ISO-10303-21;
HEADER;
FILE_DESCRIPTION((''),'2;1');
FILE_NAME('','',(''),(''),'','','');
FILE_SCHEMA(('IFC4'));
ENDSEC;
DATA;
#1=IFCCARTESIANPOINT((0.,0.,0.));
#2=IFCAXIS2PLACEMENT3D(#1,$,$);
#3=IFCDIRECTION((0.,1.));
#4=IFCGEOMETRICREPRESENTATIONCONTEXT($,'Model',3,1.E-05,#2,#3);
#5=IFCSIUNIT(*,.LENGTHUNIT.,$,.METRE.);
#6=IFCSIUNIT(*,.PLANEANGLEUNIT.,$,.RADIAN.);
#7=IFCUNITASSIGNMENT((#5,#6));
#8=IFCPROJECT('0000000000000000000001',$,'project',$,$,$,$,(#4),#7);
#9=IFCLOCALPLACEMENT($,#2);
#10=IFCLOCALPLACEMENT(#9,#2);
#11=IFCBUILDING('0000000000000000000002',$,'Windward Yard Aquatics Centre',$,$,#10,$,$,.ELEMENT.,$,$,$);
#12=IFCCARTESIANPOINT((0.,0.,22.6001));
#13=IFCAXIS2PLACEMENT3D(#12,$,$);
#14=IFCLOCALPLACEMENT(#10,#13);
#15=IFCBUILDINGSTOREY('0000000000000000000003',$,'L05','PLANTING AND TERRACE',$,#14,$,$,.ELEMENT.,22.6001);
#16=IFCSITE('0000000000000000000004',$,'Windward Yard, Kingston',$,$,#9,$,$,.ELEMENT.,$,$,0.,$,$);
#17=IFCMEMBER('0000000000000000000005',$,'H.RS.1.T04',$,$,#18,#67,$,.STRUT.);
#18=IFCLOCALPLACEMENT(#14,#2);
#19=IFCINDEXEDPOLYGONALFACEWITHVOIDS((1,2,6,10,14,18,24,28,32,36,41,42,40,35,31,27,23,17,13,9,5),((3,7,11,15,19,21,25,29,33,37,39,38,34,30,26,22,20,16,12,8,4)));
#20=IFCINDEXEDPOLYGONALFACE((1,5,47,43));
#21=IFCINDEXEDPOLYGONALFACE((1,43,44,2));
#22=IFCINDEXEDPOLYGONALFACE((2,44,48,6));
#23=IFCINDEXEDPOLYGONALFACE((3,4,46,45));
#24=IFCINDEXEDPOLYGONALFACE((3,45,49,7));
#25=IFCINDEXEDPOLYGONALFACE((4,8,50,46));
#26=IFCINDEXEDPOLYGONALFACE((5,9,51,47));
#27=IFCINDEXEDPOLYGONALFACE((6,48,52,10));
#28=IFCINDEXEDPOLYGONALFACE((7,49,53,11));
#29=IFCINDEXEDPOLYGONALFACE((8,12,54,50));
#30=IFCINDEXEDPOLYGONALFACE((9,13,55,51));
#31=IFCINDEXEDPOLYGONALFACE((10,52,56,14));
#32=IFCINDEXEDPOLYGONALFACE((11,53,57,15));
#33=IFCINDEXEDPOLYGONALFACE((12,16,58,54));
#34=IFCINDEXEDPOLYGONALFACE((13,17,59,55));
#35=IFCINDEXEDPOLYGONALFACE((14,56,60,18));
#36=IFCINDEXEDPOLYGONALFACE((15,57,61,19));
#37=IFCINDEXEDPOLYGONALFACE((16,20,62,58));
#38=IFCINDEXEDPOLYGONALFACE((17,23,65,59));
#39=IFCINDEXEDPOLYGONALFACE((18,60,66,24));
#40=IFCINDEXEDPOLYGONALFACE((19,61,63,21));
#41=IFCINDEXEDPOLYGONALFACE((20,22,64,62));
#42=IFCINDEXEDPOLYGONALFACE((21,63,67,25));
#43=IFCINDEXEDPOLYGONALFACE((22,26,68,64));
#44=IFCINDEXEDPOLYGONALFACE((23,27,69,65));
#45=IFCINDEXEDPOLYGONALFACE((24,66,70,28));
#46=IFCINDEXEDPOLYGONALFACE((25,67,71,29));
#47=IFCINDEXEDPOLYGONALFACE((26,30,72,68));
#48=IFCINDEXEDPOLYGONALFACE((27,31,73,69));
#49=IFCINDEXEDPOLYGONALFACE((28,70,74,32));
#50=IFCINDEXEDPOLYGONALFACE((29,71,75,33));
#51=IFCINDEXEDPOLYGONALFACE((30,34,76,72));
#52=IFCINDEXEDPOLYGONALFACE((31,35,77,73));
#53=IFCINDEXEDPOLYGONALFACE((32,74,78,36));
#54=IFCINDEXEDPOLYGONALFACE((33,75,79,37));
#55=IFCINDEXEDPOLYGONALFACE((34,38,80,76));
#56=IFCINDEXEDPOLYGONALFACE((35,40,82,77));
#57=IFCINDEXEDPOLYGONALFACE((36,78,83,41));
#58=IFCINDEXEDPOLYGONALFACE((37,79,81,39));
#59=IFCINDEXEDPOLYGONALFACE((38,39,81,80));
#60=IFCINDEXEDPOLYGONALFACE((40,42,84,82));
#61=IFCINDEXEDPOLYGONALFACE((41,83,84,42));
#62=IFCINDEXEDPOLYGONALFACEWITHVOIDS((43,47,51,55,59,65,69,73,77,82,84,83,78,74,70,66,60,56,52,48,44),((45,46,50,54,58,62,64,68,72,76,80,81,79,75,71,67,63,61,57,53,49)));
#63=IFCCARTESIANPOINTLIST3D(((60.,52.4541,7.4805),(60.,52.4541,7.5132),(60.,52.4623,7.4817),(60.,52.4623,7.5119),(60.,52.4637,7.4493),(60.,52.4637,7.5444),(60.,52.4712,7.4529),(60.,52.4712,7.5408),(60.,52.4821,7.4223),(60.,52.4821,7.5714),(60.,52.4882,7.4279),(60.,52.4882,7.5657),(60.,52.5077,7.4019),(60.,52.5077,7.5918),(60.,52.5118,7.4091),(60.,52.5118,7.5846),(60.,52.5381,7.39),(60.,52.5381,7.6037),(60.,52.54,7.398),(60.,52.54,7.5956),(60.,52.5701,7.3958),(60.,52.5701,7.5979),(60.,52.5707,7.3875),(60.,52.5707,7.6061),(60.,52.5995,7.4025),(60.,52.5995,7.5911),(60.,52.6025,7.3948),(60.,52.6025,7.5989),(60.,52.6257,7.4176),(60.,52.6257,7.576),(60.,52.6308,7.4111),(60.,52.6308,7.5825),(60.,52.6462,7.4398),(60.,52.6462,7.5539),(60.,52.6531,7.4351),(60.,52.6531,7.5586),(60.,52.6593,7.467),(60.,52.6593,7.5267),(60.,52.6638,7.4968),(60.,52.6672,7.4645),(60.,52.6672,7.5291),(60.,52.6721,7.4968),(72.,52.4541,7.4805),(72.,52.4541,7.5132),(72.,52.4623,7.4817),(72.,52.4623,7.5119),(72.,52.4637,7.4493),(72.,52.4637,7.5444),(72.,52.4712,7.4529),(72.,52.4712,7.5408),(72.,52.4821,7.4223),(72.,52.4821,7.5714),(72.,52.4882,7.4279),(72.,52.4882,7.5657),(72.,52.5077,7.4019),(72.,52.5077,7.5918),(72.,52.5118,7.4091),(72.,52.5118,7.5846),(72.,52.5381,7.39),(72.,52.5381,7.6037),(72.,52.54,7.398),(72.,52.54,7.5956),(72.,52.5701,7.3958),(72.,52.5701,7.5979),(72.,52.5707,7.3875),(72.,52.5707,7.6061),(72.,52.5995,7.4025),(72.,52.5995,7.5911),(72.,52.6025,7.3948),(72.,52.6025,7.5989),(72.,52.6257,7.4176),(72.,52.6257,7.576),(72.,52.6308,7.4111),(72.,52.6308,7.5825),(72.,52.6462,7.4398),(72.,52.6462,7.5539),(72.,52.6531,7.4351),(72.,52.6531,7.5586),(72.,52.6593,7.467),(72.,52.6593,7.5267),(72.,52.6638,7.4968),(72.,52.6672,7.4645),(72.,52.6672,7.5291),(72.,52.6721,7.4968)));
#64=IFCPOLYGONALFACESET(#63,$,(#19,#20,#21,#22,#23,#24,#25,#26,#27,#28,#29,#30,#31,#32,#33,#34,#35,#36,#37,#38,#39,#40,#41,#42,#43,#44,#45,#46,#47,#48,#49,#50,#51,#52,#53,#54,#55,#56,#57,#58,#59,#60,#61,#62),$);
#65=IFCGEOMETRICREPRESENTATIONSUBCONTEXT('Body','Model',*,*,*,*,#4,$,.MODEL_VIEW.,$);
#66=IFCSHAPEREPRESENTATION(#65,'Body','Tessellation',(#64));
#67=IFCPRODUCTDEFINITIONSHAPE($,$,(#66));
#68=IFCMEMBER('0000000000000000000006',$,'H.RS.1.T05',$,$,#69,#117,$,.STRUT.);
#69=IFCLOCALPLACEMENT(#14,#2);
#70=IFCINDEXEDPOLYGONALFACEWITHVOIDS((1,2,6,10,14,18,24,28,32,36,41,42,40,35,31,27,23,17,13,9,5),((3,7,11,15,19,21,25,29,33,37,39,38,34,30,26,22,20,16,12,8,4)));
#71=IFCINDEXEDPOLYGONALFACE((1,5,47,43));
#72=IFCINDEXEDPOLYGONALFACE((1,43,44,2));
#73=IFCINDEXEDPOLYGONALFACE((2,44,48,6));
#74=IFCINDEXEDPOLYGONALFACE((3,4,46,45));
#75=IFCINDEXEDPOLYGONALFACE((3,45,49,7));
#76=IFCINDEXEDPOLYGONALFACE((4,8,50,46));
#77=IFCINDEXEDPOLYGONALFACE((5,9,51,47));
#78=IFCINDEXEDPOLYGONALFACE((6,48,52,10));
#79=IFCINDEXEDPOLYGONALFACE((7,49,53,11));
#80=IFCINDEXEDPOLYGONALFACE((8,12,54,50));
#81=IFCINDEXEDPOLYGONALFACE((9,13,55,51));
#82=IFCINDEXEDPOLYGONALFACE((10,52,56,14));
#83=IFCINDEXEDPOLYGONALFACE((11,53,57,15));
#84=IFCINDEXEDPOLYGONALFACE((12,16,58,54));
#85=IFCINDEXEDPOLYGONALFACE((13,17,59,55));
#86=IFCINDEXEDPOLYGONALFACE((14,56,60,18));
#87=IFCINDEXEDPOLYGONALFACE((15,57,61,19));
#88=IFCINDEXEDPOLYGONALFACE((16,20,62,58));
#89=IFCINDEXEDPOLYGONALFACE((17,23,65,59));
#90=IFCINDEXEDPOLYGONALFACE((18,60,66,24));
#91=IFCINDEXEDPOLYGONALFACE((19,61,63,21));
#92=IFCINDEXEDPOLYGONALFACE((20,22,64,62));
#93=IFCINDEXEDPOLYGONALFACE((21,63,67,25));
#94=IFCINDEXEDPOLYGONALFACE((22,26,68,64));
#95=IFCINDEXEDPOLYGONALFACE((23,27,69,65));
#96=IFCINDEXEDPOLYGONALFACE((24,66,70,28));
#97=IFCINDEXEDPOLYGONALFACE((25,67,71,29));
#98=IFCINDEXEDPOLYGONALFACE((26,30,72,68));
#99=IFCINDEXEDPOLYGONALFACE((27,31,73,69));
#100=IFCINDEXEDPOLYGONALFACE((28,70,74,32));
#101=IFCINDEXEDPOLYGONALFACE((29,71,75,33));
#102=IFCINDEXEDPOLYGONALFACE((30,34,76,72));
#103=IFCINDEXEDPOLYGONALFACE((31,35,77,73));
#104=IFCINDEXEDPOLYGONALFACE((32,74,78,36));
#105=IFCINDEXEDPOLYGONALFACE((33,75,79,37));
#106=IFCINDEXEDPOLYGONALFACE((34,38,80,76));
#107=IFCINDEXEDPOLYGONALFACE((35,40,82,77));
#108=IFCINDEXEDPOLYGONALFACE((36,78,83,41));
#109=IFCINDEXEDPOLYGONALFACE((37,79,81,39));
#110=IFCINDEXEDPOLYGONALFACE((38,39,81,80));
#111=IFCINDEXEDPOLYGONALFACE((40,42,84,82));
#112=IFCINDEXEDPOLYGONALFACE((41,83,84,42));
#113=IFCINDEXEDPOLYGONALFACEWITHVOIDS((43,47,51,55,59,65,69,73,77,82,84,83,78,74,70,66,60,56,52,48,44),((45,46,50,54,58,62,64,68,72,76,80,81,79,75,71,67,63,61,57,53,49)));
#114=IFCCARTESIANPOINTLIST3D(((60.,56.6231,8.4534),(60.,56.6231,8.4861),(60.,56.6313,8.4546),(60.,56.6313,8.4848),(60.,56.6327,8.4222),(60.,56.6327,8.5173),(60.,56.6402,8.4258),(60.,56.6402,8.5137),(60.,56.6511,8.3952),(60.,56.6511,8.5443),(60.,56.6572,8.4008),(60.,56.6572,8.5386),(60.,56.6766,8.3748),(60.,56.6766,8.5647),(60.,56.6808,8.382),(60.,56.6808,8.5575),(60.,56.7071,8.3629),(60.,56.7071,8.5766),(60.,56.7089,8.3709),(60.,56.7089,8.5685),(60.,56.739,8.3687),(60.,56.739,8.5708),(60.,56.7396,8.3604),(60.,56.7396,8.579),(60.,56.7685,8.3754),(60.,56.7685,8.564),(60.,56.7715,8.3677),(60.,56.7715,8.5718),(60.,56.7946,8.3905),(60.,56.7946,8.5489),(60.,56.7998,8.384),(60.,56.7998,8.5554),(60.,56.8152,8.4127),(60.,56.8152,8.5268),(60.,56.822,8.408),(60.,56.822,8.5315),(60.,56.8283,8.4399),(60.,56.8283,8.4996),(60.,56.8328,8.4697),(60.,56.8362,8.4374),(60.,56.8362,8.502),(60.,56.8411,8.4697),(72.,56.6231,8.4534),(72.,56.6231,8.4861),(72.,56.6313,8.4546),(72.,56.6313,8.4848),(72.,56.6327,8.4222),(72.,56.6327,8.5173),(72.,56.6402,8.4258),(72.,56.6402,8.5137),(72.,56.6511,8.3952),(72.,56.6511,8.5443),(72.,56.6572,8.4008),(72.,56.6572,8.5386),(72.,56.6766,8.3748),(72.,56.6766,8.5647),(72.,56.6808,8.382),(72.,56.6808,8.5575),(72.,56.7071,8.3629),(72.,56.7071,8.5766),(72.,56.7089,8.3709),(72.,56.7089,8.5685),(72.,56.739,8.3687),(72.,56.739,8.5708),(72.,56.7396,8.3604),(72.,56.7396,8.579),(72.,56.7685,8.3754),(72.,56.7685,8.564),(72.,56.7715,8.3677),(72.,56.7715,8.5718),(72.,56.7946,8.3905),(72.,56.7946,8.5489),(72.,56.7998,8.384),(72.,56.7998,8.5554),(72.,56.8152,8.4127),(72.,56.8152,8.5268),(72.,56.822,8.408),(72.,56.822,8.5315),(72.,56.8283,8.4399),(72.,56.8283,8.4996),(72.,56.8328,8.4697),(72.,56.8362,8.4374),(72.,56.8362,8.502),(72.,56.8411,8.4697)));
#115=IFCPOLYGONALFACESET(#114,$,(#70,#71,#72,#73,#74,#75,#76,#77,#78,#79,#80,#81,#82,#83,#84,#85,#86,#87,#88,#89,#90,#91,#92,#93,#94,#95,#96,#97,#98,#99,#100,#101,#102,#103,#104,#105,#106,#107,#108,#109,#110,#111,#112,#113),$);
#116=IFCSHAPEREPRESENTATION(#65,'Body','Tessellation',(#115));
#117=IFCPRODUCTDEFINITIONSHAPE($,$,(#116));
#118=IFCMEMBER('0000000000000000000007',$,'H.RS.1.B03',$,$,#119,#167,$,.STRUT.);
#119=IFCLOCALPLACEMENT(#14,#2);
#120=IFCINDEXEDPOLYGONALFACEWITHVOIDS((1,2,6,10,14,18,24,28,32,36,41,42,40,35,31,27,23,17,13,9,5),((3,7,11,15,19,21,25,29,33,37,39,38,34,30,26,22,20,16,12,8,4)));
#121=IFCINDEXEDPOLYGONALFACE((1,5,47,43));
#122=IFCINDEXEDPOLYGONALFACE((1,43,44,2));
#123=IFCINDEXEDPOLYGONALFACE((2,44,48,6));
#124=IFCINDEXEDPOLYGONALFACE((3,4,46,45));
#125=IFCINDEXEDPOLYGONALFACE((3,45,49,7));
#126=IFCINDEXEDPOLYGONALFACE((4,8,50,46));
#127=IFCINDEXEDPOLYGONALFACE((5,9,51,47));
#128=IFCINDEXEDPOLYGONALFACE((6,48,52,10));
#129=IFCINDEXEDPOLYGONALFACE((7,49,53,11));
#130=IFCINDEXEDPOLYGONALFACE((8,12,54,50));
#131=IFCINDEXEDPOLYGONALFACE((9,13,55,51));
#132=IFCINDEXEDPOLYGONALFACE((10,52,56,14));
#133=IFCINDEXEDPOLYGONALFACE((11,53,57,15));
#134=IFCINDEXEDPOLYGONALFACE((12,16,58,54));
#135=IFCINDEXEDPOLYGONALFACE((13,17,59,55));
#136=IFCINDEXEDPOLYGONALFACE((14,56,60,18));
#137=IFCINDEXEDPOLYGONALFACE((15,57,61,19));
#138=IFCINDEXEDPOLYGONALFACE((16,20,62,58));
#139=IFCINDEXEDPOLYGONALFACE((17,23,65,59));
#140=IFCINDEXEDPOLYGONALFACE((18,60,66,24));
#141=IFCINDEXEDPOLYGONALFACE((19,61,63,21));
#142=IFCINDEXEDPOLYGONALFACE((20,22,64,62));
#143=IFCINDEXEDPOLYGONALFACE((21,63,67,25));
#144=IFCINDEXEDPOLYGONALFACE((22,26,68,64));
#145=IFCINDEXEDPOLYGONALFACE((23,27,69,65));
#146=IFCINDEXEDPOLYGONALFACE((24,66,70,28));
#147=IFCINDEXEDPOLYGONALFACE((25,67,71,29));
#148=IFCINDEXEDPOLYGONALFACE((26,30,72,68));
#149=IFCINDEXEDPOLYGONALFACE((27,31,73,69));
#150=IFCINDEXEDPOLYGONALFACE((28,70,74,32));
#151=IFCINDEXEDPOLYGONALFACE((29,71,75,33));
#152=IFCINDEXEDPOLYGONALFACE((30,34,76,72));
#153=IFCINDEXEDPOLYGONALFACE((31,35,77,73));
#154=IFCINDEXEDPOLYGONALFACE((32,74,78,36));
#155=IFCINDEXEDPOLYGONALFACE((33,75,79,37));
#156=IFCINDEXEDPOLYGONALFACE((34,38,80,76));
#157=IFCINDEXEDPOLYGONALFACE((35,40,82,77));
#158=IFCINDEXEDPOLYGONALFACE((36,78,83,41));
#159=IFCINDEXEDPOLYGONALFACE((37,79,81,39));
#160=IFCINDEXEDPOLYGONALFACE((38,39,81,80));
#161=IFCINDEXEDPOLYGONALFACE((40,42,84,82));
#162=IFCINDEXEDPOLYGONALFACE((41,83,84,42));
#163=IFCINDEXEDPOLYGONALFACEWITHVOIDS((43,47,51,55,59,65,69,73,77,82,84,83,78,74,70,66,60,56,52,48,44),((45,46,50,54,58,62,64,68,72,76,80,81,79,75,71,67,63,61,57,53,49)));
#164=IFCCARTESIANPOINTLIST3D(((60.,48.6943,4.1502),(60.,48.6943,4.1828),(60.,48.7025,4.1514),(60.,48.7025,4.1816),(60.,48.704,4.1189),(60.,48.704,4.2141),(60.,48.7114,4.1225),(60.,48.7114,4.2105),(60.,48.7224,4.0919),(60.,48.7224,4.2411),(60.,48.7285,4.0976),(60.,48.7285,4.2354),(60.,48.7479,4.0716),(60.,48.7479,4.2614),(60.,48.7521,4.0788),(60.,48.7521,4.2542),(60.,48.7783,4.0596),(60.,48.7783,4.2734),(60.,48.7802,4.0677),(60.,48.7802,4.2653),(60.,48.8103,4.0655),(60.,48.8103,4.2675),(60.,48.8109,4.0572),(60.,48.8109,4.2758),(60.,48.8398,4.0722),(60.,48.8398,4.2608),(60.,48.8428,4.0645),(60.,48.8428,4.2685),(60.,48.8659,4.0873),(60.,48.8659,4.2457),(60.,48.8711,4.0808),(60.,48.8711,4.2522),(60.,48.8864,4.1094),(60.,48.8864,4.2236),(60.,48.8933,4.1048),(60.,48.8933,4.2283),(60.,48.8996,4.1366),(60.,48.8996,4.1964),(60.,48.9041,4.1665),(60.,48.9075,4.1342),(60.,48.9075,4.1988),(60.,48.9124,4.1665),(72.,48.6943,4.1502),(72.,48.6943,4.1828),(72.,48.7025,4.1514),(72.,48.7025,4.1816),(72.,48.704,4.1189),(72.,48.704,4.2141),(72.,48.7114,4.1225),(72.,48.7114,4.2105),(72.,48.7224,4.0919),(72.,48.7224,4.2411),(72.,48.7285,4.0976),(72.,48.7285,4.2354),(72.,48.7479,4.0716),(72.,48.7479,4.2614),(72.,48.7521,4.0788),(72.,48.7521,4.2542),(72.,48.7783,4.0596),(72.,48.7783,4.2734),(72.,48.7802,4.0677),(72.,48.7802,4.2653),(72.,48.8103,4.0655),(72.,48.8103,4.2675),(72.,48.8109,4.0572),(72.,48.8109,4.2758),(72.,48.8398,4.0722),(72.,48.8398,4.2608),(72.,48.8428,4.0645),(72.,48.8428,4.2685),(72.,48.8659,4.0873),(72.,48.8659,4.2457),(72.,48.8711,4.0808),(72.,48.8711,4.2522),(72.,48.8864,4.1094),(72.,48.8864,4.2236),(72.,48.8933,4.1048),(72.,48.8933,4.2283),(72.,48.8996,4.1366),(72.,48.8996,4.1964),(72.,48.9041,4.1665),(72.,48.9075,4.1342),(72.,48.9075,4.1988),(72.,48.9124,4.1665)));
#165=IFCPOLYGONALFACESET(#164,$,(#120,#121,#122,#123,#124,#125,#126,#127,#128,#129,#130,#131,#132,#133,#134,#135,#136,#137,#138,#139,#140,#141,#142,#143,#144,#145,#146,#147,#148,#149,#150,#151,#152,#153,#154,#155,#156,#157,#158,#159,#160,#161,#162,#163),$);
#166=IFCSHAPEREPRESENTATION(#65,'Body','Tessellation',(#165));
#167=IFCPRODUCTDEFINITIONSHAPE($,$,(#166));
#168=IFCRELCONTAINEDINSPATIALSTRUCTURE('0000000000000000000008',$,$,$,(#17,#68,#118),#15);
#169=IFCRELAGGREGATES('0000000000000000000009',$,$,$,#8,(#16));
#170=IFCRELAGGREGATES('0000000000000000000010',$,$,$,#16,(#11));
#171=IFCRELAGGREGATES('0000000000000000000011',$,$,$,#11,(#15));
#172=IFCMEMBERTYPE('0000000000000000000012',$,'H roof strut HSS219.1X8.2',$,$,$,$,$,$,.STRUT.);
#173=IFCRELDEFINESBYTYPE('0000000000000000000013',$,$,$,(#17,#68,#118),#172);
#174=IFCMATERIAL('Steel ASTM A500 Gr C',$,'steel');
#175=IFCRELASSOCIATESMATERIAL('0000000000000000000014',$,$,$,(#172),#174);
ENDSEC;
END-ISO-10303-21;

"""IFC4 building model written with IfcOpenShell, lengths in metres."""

from ifc_helpers import new_model, si_unit, direction, frame, origin, origin_2d, place, context, subcontext, project, spatial, hollow_circle, extrude, material, material_profile, profile_set, type_object, element, save


model = new_model("IFC4")

# Units and contexts
model_context = context("Model", 3, precision=1e-05, world=origin(), true_north=direction((0.0, 1.0)))
body_context = subcontext(model_context, "Body", "Model", "MODEL_VIEW")
ifc_project = project(units=[si_unit("LENGTHUNIT", "METRE"), si_unit("PLANEANGLEUNIT", "RADIAN")], contexts=[model_context])

# Site, building, storey
site_placement = place(None, origin())
site = spatial("IfcSite", under=ifc_project, at=site_placement, Name="Windward Yard, Kingston", CompositionType="ELEMENT", RefElevation=0.0)
building_placement = place(site_placement, origin())
building = spatial("IfcBuilding", under=site, at=building_placement, Name="Windward Yard Aquatics Centre", CompositionType="ELEMENT")
storey_placement = place(building_placement, frame((0.0, 0.0, 22.6001)))
storey = spatial("IfcBuildingStorey", under=building, at=storey_placement, Name="L05", Description="PLANTING AND TERRACE", CompositionType="ELEMENT", Elevation=22.6001)

# Members
ifc_material_1 = material(Name="Steel ASTM A500 Gr C", Category="steel")
ifc_material_profile_1 = material_profile(ifc_material_1, hollow_circle(Radius=0.1096, WallThickness=0.0083, at=origin_2d()), Name="HSS219.1X8.2")
ifc_profile_set_1 = profile_set([ifc_material_profile_1], Name="Steel ASTM A500 Gr C")
member_type_1 = type_object("IfcMemberType", Name="H roof strut HSS219.1X8.2", PredefinedType="STRUT", material=ifc_profile_set_1)
for number, where, z_axis, x_axis, name in (
    (1, (60.0, 52.5625, 7.4968), (1.0, 0.0, 0.0), (0.0, 1.0, 0.0), "H.RS.1.T04"),
    (2, (60.0, 56.7314, 8.4697), (1.0, 0.0, 0.0), (0.0, 1.0, 0.0), "H.RS.1.T05"),
    (3, (60.0, 48.8027, 4.1665), (1.0, 0.0, 0.0), (0.0, 1.0, 0.0), "H.RS.1.B03"),
):
    element("IfcMember", number, at=place(storey_placement, frame(where, z_axis=z_axis, x_axis=x_axis)), inside=storey, type_object=member_type_1, Name=name, PredefinedType="STRUT", context=body_context, shape_type="SweptSolid", body=[
        extrude(hollow_circle(Radius=0.1096, WallThickness=0.0083, at=origin_2d()), origin(), (0.0, 0.0, 1.0), 12.0),
    ])

save(model, "model.ifc")
